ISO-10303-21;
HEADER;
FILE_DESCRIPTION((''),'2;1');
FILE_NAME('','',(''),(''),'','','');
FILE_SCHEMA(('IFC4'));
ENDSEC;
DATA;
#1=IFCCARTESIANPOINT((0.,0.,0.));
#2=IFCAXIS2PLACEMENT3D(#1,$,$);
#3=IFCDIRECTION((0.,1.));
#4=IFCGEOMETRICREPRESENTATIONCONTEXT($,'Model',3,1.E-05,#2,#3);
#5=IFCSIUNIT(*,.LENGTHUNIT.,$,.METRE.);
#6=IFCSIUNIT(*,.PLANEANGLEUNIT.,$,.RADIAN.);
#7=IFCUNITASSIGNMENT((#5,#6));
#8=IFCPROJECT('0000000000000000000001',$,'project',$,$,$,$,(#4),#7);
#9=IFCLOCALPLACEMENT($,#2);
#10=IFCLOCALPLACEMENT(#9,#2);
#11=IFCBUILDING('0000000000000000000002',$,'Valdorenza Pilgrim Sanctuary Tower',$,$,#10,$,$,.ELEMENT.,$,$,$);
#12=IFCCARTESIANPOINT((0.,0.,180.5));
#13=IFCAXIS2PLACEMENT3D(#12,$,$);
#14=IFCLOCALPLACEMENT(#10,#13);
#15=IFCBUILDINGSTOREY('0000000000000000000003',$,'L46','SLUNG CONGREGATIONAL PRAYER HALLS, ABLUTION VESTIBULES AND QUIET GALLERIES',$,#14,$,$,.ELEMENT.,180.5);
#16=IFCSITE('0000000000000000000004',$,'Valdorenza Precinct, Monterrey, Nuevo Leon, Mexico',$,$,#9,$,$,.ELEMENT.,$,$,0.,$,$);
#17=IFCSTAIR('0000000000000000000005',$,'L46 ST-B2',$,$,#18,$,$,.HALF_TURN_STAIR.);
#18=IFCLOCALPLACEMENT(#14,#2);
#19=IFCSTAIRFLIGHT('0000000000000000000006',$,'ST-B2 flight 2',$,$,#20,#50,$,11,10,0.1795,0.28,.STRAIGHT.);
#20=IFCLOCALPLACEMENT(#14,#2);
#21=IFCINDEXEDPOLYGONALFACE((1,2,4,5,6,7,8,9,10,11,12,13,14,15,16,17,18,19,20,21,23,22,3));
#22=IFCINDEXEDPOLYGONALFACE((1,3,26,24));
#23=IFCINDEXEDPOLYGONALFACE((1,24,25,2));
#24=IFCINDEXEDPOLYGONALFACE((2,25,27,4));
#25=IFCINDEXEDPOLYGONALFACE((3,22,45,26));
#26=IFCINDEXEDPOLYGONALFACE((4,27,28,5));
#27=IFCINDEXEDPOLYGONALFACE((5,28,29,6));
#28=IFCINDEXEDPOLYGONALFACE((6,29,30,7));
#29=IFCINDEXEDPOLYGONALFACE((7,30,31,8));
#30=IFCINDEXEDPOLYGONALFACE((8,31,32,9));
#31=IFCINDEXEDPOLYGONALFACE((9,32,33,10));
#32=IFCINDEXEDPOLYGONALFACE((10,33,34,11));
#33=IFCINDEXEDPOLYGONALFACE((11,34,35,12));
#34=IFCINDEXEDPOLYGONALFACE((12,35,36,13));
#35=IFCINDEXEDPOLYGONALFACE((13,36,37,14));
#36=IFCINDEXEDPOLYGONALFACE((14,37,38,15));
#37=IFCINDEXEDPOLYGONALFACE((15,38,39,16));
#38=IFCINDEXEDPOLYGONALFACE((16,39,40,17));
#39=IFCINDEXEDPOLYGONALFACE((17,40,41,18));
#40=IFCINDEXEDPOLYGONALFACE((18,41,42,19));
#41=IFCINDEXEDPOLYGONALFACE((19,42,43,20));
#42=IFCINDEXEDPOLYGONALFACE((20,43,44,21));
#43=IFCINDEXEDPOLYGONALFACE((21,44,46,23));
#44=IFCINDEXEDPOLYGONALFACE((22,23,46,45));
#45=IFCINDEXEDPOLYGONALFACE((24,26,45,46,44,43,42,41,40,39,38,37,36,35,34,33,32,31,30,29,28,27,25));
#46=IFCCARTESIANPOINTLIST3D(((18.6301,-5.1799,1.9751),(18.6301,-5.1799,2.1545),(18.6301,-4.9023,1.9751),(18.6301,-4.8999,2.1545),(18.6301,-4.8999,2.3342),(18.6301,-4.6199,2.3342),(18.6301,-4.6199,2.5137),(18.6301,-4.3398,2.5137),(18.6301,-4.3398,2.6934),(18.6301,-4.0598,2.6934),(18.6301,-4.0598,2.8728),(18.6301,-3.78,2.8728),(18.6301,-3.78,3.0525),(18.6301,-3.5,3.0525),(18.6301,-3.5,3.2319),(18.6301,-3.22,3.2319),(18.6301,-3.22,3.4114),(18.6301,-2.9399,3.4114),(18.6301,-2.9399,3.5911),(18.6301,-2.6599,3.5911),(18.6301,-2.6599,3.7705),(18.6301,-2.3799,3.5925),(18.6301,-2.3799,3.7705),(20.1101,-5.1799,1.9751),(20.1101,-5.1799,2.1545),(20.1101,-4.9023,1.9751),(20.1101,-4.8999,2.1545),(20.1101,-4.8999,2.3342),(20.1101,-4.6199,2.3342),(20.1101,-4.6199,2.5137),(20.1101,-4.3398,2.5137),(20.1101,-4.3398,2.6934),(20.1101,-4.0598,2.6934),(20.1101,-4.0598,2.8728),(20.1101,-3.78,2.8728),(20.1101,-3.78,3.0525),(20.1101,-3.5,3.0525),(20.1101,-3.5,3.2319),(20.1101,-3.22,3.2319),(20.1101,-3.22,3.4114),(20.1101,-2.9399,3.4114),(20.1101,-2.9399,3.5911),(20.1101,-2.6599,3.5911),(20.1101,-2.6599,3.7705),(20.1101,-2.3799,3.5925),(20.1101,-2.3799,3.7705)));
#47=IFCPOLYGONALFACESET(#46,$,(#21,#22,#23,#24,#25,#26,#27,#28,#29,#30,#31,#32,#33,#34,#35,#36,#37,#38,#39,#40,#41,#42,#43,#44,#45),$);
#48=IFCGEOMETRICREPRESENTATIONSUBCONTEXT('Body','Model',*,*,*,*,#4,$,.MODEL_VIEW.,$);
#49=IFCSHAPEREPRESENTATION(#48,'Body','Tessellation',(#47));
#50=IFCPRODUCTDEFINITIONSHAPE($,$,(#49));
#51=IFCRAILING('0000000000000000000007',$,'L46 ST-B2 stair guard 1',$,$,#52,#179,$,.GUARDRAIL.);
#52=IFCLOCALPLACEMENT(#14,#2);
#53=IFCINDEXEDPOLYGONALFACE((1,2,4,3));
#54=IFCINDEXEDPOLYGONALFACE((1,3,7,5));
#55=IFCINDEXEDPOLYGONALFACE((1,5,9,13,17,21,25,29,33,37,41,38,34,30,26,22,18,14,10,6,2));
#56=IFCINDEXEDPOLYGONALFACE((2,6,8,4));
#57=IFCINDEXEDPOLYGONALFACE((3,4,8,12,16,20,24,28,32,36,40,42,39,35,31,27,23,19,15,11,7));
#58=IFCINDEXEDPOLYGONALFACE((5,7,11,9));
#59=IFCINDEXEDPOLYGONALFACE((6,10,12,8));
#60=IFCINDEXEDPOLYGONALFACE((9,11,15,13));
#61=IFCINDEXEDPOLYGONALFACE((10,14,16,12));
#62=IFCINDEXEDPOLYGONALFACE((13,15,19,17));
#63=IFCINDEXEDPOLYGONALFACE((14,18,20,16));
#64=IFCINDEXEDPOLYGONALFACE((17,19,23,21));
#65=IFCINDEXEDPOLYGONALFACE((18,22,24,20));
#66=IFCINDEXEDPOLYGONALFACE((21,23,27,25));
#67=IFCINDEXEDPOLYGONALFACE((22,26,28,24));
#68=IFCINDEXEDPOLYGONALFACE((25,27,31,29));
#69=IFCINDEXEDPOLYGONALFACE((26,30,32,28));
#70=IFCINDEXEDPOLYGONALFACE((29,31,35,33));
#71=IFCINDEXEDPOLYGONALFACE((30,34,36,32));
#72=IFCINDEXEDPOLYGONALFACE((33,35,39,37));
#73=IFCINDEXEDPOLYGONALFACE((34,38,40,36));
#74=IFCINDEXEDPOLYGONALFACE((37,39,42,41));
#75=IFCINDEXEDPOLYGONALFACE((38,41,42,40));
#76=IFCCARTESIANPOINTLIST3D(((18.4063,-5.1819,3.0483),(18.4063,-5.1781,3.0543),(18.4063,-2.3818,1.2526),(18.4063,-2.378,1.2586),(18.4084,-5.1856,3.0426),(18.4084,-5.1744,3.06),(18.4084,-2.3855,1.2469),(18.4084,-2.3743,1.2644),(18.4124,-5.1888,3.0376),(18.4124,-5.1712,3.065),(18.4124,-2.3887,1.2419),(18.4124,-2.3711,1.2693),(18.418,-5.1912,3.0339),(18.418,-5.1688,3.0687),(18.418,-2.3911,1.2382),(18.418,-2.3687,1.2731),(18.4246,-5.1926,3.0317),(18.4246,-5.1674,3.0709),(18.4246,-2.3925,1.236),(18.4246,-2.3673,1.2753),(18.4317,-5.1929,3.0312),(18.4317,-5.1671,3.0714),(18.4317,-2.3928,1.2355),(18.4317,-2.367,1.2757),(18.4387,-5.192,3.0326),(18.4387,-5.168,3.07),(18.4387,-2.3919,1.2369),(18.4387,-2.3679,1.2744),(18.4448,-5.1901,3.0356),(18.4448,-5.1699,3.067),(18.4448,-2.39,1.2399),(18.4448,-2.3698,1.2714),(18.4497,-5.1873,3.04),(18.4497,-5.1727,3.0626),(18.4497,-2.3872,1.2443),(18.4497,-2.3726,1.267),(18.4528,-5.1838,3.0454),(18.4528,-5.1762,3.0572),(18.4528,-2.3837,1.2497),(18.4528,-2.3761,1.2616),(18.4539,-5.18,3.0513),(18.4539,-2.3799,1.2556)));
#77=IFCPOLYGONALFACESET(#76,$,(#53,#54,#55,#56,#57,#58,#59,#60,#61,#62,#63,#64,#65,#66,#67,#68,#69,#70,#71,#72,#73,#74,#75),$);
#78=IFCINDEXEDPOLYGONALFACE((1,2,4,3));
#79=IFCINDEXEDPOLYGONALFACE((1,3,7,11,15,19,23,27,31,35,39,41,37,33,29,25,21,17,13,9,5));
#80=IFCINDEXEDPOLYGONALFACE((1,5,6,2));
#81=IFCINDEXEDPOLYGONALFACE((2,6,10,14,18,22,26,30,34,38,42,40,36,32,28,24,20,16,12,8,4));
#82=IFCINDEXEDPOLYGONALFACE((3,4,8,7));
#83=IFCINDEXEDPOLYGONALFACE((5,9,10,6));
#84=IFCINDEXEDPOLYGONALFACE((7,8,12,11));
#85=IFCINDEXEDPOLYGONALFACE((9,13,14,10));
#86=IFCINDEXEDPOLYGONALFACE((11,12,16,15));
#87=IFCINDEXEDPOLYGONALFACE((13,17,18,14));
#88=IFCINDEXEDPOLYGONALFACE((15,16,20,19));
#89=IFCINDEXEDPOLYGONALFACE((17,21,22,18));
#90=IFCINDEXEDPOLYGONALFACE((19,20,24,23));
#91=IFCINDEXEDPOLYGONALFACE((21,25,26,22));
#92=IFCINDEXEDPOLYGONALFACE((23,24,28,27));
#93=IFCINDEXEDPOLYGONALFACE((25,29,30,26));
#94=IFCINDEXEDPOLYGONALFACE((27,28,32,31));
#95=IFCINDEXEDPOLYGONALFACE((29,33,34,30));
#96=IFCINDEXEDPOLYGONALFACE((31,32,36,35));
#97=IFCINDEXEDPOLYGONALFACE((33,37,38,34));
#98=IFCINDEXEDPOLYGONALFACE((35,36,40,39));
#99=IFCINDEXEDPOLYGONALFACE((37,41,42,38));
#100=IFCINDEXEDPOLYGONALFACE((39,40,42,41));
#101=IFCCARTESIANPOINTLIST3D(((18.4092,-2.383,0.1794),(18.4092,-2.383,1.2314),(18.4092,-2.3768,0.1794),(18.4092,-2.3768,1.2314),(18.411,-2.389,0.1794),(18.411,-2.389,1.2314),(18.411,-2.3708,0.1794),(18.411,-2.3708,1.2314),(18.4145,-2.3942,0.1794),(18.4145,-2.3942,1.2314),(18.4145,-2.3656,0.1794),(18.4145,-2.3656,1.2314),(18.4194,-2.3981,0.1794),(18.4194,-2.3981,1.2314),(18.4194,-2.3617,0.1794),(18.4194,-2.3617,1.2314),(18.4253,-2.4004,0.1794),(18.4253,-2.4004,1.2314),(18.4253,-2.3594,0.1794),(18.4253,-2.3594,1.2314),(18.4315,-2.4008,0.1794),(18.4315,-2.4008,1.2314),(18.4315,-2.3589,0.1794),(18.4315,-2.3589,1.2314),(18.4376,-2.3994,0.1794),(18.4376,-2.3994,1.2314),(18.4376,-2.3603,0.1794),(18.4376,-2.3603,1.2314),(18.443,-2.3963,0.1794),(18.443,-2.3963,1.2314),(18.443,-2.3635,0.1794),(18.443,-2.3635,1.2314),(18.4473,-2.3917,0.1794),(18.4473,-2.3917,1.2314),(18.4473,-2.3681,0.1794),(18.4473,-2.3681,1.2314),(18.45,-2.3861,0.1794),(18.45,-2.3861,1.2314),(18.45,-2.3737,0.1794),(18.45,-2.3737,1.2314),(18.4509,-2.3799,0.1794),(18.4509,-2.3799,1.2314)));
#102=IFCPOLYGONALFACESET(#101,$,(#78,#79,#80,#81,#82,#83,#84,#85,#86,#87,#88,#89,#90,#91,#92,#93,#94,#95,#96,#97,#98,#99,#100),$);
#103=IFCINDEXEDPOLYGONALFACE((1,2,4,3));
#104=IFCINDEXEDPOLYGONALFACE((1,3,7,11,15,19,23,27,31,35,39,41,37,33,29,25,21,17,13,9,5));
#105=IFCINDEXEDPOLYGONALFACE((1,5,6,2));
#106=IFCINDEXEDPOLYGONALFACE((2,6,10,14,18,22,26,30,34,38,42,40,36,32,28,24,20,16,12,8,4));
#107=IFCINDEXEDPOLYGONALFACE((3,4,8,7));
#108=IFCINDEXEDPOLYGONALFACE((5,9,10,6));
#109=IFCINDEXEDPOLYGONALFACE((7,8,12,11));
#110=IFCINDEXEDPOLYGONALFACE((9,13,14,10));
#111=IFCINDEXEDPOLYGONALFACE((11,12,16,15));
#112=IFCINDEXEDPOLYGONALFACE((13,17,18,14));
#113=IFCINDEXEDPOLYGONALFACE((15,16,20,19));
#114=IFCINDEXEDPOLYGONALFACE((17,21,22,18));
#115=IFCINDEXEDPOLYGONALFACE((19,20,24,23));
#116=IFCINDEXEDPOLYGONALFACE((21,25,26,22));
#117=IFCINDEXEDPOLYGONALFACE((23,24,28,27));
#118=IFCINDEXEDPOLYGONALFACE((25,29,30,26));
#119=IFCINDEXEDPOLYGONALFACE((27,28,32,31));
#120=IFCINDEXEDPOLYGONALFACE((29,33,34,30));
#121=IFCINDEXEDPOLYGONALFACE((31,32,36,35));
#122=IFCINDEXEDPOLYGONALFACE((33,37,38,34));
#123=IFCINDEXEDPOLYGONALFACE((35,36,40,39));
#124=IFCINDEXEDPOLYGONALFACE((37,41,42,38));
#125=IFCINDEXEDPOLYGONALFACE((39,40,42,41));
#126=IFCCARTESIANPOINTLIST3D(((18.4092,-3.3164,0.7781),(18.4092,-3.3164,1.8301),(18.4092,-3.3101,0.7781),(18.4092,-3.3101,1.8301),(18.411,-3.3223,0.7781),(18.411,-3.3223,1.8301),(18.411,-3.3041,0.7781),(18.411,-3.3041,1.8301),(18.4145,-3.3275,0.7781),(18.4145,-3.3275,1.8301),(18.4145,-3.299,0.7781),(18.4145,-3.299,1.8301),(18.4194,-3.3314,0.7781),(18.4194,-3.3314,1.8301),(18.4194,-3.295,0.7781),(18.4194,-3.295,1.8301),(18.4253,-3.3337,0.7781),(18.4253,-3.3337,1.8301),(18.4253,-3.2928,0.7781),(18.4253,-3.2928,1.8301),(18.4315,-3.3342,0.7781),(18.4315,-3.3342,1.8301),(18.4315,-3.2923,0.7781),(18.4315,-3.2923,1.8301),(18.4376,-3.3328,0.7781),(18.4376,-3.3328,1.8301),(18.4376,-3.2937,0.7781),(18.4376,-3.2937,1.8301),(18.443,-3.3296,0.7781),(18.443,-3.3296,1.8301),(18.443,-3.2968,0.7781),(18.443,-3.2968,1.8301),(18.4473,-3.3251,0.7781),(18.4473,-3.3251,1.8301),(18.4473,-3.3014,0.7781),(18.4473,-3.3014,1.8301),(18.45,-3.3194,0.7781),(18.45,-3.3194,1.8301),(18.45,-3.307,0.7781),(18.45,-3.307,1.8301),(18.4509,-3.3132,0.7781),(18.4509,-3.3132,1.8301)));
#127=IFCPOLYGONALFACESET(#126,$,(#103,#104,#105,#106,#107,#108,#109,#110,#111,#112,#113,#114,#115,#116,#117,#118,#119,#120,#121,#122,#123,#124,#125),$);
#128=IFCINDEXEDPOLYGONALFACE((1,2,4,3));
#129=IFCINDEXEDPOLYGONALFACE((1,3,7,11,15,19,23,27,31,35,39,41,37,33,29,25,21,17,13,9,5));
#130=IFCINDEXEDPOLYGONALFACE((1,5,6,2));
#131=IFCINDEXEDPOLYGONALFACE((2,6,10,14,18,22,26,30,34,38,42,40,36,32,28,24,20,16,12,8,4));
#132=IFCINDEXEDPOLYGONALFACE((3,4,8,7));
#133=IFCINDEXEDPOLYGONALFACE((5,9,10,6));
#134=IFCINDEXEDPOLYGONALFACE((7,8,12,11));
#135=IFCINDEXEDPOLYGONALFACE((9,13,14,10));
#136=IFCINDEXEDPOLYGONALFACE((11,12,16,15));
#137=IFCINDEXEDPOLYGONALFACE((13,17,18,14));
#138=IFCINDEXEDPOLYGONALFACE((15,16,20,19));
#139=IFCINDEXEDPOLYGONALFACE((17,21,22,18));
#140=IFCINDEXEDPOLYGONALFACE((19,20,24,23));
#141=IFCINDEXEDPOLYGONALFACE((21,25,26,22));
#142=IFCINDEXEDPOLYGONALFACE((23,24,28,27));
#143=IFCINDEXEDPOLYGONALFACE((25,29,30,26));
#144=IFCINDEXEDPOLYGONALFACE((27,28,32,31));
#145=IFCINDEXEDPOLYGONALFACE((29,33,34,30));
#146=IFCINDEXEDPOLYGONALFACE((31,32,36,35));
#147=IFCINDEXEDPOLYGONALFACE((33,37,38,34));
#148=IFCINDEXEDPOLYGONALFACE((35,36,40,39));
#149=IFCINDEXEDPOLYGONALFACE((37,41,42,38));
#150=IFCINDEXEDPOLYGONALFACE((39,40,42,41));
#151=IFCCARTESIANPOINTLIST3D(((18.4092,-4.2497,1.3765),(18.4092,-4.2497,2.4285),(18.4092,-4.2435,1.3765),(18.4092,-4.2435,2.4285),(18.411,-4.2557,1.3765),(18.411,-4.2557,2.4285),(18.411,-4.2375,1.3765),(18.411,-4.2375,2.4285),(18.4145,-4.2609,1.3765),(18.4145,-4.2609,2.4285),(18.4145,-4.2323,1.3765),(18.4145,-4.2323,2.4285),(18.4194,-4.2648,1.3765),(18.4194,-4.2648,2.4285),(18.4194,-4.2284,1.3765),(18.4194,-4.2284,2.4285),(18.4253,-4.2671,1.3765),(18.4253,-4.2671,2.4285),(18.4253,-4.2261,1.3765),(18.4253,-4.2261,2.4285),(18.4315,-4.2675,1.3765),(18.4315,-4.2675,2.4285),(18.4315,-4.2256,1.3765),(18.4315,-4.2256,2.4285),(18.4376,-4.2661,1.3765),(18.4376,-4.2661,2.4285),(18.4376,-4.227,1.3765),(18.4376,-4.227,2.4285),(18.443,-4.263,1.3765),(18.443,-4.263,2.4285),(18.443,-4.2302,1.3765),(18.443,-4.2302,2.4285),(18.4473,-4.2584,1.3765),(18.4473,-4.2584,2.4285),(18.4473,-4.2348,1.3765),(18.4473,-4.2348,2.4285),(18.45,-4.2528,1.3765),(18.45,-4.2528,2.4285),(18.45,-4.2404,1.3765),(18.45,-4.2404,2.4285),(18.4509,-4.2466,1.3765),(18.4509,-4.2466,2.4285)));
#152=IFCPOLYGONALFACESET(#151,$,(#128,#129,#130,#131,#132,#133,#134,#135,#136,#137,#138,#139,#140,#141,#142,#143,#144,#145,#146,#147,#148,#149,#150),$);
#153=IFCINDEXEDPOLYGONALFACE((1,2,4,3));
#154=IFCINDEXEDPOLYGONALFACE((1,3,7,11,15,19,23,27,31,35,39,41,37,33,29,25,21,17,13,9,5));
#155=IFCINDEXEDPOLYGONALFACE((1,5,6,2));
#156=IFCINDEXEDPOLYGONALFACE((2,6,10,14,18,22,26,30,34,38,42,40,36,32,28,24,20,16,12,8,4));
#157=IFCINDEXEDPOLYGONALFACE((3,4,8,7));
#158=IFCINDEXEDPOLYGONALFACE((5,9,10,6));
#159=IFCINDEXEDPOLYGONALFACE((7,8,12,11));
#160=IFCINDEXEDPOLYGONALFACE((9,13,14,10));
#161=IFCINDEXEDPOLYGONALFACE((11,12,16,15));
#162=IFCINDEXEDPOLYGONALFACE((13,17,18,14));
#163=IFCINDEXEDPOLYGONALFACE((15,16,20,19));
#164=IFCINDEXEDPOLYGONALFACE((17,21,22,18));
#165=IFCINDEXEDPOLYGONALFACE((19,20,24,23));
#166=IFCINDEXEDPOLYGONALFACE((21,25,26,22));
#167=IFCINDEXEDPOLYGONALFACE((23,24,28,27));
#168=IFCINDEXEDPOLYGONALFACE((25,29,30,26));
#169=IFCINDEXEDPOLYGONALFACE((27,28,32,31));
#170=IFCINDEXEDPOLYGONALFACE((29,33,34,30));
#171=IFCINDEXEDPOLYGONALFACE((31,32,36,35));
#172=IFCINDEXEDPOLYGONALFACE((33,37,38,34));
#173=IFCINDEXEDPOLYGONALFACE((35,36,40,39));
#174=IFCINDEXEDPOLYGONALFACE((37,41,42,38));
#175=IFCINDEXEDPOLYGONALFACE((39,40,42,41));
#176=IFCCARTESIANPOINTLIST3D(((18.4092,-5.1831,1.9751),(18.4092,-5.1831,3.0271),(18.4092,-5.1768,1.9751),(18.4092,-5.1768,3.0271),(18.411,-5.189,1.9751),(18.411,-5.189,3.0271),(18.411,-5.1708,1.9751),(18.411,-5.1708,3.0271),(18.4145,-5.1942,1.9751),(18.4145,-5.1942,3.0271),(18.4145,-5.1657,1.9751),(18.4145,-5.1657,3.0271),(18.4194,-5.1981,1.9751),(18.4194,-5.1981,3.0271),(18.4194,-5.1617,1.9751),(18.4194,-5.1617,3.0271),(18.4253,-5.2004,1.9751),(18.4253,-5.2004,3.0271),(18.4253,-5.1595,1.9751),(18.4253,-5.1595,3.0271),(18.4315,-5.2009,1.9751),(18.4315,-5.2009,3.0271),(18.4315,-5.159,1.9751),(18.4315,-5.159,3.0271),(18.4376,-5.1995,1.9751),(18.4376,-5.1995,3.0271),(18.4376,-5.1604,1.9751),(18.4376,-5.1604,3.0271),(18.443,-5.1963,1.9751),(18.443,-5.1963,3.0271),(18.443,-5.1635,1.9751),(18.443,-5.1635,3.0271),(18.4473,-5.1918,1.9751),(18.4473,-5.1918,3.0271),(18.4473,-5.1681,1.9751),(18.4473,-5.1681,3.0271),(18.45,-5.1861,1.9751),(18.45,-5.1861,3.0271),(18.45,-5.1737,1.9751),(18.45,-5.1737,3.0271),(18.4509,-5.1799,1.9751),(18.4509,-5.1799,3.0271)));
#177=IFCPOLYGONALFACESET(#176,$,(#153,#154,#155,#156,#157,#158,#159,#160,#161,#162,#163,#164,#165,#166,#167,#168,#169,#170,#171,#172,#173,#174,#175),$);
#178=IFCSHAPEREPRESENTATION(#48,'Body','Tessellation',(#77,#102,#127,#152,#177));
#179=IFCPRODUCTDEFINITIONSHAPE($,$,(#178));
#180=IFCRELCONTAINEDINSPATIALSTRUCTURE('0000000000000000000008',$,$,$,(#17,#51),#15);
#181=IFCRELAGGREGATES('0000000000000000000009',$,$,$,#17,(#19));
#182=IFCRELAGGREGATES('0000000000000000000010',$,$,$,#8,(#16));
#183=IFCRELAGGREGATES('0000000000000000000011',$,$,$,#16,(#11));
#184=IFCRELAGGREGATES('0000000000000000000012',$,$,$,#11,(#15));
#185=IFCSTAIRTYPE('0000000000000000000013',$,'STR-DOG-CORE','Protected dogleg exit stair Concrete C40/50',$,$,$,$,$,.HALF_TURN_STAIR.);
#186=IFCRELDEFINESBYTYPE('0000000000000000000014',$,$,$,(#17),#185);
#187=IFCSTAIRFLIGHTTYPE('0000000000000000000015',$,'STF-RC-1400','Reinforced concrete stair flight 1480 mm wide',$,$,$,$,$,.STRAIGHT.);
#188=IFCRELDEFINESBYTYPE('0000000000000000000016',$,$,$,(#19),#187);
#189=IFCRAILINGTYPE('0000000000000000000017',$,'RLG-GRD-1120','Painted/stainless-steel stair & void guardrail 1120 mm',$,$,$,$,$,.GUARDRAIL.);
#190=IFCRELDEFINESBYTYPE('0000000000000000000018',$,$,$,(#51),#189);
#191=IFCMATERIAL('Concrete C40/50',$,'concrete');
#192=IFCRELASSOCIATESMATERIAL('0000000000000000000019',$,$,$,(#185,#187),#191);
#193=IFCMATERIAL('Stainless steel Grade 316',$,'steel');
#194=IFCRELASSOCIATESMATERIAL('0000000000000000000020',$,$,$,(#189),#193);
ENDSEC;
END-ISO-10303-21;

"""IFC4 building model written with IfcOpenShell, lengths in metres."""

from ifc_helpers import new_model, si_unit, direction, frame, origin, origin_2d, place, context, subcontext, project, spatial, polyline, circle, outline, extrude, material, type_object, element, aggregate, save


model = new_model("IFC4")

# Units and contexts
model_context = context("Model", 3, precision=1e-05, world=origin(), true_north=direction((0.0, 1.0)))
body_context = subcontext(model_context, "Body", "Model", "MODEL_VIEW")
ifc_project = project(units=[si_unit("LENGTHUNIT", "METRE"), si_unit("PLANEANGLEUNIT", "RADIAN")], contexts=[model_context])

# Site, building, storey
site_placement = place(None, origin())
site = spatial("IfcSite", under=ifc_project, at=site_placement, Name="Valdorenza Precinct, Monterrey, Nuevo Leon, Mexico", CompositionType="ELEMENT", RefElevation=0.0)
building_placement = place(site_placement, origin())
building = spatial("IfcBuilding", under=site, at=building_placement, Name="Valdorenza Pilgrim Sanctuary Tower", CompositionType="ELEMENT")
storey_placement = place(building_placement, frame((0.0, 0.0, 180.5)))
storey = spatial("IfcBuildingStorey", under=building, at=storey_placement, Name="L46", Description="SLUNG CONGREGATIONAL PRAYER HALLS, ABLUTION VESTIBULES AND QUIET GALLERIES", CompositionType="ELEMENT", Elevation=180.5)

# Shared definitions
ifc_material_1 = material(Name="Concrete C40/50", Category="concrete")

# Stair, stair flight
stair_type = type_object("IfcStairType", Name="STR-DOG-CORE", Description="Protected dogleg exit stair Concrete C40/50", PredefinedType="HALF_TURN_STAIR", material=ifc_material_1)
stair_placement = place(storey_placement, origin())
stair = element("IfcStair", 1, at=stair_placement, inside=storey, type_object=stair_type, Name="L46 ST-B2", PredefinedType="HALF_TURN_STAIR")
stair_flight_type = type_object("IfcStairFlightType", Name="STF-RC-1400", Description="Reinforced concrete stair flight 1480 mm wide", PredefinedType="STRAIGHT", material=ifc_material_1)
stair_flight_1_placement = place(storey_placement, frame((19.3701, -5.1799, 1.9751), z_axis=(0.0, 0.0, 1.0), x_axis=(0.0, 1.0, 0.0)))
stair_flight_1 = element("IfcStairFlight", 2, at=stair_flight_1_placement, type_object=stair_flight_type, Name="ST-B2 flight 2", NumberOfRisers=11, NumberOfTreads=10, PredefinedType="STRAIGHT", RiserHeight=0.1795, TreadLength=0.28, context=body_context, shape_type="SweptSolid", body=[
    extrude(outline(polyline([(0.0, 0.0), (0.0, 0.1794), (0.28, 0.1794), (0.28, 0.3591), (0.5601, 0.3591), (0.5601, 0.5386), (0.8401, 0.5386), (0.8401, 0.7183), (1.1201, 0.7183), (1.1201, 0.8977), (1.3999, 0.8977), (1.3999, 1.0774), (1.6799, 1.0774), (1.6799, 1.2568), (1.96, 1.2568), (1.96, 1.4363), (2.24, 1.4363), (2.24, 1.616), (2.52, 1.616), (2.52, 1.7954), (2.8, 1.7954), (2.8, 1.9751), (2.8, 1.6174), (0.2776, 0.0), (0.0, 0.0)])), frame((0.0, 0.74, 0.0), z_axis=(0.0, -1.0, 0.0), x_axis=(1.0, 0.0, 0.0)), (0.0, 0.0, 1.0), 1.48),
])
aggregate(stair, [stair_flight_1])

# Railing
ifc_material_2 = material(Name="Stainless steel Grade 316", Category="steel")
railing_type_1 = type_object("IfcRailingType", Name="RLG-GRD-1120", Description="Painted/stainless-steel stair & void guardrail 1120 mm", PredefinedType="GUARDRAIL", material=ifc_material_2)
railing_1_placement = place(storey_placement, frame((18.4299, -2.3799, 0.1794)))
element("IfcRailing", 3, at=railing_1_placement, inside=storey, type_object=railing_type_1, Name="L46 ST-B2 stair guard 1", PredefinedType="GUARDRAIL", context=body_context, shape_type="SweptSolid", body=[
    extrude(circle(Radius=0.0239, at=origin_2d()), frame((0.0, 0.0, 1.0762), z_axis=(0.0, -0.841777, 0.539826), x_axis=(1.0, 0.0, 0.0)), (0.0, 0.0, 1.0), 3.3264),
    extrude(circle(Radius=0.021, at=origin_2d()), origin(), (0.0, 0.0, 1.0), 1.052),
    extrude(circle(Radius=0.021, at=origin_2d()), frame((0.0, -0.9333, 0.5986)), (0.0, 0.0, 1.0), 1.052),
    extrude(circle(Radius=0.021, at=origin_2d()), frame((0.0, -1.8667, 1.197)), (0.0, 0.0, 1.0), 1.052),
    extrude(circle(Radius=0.021, at=origin_2d()), frame((0.0, -2.8, 1.7957)), (0.0, 0.0, 1.0), 1.052),
])

save(model, "model.ifc")
